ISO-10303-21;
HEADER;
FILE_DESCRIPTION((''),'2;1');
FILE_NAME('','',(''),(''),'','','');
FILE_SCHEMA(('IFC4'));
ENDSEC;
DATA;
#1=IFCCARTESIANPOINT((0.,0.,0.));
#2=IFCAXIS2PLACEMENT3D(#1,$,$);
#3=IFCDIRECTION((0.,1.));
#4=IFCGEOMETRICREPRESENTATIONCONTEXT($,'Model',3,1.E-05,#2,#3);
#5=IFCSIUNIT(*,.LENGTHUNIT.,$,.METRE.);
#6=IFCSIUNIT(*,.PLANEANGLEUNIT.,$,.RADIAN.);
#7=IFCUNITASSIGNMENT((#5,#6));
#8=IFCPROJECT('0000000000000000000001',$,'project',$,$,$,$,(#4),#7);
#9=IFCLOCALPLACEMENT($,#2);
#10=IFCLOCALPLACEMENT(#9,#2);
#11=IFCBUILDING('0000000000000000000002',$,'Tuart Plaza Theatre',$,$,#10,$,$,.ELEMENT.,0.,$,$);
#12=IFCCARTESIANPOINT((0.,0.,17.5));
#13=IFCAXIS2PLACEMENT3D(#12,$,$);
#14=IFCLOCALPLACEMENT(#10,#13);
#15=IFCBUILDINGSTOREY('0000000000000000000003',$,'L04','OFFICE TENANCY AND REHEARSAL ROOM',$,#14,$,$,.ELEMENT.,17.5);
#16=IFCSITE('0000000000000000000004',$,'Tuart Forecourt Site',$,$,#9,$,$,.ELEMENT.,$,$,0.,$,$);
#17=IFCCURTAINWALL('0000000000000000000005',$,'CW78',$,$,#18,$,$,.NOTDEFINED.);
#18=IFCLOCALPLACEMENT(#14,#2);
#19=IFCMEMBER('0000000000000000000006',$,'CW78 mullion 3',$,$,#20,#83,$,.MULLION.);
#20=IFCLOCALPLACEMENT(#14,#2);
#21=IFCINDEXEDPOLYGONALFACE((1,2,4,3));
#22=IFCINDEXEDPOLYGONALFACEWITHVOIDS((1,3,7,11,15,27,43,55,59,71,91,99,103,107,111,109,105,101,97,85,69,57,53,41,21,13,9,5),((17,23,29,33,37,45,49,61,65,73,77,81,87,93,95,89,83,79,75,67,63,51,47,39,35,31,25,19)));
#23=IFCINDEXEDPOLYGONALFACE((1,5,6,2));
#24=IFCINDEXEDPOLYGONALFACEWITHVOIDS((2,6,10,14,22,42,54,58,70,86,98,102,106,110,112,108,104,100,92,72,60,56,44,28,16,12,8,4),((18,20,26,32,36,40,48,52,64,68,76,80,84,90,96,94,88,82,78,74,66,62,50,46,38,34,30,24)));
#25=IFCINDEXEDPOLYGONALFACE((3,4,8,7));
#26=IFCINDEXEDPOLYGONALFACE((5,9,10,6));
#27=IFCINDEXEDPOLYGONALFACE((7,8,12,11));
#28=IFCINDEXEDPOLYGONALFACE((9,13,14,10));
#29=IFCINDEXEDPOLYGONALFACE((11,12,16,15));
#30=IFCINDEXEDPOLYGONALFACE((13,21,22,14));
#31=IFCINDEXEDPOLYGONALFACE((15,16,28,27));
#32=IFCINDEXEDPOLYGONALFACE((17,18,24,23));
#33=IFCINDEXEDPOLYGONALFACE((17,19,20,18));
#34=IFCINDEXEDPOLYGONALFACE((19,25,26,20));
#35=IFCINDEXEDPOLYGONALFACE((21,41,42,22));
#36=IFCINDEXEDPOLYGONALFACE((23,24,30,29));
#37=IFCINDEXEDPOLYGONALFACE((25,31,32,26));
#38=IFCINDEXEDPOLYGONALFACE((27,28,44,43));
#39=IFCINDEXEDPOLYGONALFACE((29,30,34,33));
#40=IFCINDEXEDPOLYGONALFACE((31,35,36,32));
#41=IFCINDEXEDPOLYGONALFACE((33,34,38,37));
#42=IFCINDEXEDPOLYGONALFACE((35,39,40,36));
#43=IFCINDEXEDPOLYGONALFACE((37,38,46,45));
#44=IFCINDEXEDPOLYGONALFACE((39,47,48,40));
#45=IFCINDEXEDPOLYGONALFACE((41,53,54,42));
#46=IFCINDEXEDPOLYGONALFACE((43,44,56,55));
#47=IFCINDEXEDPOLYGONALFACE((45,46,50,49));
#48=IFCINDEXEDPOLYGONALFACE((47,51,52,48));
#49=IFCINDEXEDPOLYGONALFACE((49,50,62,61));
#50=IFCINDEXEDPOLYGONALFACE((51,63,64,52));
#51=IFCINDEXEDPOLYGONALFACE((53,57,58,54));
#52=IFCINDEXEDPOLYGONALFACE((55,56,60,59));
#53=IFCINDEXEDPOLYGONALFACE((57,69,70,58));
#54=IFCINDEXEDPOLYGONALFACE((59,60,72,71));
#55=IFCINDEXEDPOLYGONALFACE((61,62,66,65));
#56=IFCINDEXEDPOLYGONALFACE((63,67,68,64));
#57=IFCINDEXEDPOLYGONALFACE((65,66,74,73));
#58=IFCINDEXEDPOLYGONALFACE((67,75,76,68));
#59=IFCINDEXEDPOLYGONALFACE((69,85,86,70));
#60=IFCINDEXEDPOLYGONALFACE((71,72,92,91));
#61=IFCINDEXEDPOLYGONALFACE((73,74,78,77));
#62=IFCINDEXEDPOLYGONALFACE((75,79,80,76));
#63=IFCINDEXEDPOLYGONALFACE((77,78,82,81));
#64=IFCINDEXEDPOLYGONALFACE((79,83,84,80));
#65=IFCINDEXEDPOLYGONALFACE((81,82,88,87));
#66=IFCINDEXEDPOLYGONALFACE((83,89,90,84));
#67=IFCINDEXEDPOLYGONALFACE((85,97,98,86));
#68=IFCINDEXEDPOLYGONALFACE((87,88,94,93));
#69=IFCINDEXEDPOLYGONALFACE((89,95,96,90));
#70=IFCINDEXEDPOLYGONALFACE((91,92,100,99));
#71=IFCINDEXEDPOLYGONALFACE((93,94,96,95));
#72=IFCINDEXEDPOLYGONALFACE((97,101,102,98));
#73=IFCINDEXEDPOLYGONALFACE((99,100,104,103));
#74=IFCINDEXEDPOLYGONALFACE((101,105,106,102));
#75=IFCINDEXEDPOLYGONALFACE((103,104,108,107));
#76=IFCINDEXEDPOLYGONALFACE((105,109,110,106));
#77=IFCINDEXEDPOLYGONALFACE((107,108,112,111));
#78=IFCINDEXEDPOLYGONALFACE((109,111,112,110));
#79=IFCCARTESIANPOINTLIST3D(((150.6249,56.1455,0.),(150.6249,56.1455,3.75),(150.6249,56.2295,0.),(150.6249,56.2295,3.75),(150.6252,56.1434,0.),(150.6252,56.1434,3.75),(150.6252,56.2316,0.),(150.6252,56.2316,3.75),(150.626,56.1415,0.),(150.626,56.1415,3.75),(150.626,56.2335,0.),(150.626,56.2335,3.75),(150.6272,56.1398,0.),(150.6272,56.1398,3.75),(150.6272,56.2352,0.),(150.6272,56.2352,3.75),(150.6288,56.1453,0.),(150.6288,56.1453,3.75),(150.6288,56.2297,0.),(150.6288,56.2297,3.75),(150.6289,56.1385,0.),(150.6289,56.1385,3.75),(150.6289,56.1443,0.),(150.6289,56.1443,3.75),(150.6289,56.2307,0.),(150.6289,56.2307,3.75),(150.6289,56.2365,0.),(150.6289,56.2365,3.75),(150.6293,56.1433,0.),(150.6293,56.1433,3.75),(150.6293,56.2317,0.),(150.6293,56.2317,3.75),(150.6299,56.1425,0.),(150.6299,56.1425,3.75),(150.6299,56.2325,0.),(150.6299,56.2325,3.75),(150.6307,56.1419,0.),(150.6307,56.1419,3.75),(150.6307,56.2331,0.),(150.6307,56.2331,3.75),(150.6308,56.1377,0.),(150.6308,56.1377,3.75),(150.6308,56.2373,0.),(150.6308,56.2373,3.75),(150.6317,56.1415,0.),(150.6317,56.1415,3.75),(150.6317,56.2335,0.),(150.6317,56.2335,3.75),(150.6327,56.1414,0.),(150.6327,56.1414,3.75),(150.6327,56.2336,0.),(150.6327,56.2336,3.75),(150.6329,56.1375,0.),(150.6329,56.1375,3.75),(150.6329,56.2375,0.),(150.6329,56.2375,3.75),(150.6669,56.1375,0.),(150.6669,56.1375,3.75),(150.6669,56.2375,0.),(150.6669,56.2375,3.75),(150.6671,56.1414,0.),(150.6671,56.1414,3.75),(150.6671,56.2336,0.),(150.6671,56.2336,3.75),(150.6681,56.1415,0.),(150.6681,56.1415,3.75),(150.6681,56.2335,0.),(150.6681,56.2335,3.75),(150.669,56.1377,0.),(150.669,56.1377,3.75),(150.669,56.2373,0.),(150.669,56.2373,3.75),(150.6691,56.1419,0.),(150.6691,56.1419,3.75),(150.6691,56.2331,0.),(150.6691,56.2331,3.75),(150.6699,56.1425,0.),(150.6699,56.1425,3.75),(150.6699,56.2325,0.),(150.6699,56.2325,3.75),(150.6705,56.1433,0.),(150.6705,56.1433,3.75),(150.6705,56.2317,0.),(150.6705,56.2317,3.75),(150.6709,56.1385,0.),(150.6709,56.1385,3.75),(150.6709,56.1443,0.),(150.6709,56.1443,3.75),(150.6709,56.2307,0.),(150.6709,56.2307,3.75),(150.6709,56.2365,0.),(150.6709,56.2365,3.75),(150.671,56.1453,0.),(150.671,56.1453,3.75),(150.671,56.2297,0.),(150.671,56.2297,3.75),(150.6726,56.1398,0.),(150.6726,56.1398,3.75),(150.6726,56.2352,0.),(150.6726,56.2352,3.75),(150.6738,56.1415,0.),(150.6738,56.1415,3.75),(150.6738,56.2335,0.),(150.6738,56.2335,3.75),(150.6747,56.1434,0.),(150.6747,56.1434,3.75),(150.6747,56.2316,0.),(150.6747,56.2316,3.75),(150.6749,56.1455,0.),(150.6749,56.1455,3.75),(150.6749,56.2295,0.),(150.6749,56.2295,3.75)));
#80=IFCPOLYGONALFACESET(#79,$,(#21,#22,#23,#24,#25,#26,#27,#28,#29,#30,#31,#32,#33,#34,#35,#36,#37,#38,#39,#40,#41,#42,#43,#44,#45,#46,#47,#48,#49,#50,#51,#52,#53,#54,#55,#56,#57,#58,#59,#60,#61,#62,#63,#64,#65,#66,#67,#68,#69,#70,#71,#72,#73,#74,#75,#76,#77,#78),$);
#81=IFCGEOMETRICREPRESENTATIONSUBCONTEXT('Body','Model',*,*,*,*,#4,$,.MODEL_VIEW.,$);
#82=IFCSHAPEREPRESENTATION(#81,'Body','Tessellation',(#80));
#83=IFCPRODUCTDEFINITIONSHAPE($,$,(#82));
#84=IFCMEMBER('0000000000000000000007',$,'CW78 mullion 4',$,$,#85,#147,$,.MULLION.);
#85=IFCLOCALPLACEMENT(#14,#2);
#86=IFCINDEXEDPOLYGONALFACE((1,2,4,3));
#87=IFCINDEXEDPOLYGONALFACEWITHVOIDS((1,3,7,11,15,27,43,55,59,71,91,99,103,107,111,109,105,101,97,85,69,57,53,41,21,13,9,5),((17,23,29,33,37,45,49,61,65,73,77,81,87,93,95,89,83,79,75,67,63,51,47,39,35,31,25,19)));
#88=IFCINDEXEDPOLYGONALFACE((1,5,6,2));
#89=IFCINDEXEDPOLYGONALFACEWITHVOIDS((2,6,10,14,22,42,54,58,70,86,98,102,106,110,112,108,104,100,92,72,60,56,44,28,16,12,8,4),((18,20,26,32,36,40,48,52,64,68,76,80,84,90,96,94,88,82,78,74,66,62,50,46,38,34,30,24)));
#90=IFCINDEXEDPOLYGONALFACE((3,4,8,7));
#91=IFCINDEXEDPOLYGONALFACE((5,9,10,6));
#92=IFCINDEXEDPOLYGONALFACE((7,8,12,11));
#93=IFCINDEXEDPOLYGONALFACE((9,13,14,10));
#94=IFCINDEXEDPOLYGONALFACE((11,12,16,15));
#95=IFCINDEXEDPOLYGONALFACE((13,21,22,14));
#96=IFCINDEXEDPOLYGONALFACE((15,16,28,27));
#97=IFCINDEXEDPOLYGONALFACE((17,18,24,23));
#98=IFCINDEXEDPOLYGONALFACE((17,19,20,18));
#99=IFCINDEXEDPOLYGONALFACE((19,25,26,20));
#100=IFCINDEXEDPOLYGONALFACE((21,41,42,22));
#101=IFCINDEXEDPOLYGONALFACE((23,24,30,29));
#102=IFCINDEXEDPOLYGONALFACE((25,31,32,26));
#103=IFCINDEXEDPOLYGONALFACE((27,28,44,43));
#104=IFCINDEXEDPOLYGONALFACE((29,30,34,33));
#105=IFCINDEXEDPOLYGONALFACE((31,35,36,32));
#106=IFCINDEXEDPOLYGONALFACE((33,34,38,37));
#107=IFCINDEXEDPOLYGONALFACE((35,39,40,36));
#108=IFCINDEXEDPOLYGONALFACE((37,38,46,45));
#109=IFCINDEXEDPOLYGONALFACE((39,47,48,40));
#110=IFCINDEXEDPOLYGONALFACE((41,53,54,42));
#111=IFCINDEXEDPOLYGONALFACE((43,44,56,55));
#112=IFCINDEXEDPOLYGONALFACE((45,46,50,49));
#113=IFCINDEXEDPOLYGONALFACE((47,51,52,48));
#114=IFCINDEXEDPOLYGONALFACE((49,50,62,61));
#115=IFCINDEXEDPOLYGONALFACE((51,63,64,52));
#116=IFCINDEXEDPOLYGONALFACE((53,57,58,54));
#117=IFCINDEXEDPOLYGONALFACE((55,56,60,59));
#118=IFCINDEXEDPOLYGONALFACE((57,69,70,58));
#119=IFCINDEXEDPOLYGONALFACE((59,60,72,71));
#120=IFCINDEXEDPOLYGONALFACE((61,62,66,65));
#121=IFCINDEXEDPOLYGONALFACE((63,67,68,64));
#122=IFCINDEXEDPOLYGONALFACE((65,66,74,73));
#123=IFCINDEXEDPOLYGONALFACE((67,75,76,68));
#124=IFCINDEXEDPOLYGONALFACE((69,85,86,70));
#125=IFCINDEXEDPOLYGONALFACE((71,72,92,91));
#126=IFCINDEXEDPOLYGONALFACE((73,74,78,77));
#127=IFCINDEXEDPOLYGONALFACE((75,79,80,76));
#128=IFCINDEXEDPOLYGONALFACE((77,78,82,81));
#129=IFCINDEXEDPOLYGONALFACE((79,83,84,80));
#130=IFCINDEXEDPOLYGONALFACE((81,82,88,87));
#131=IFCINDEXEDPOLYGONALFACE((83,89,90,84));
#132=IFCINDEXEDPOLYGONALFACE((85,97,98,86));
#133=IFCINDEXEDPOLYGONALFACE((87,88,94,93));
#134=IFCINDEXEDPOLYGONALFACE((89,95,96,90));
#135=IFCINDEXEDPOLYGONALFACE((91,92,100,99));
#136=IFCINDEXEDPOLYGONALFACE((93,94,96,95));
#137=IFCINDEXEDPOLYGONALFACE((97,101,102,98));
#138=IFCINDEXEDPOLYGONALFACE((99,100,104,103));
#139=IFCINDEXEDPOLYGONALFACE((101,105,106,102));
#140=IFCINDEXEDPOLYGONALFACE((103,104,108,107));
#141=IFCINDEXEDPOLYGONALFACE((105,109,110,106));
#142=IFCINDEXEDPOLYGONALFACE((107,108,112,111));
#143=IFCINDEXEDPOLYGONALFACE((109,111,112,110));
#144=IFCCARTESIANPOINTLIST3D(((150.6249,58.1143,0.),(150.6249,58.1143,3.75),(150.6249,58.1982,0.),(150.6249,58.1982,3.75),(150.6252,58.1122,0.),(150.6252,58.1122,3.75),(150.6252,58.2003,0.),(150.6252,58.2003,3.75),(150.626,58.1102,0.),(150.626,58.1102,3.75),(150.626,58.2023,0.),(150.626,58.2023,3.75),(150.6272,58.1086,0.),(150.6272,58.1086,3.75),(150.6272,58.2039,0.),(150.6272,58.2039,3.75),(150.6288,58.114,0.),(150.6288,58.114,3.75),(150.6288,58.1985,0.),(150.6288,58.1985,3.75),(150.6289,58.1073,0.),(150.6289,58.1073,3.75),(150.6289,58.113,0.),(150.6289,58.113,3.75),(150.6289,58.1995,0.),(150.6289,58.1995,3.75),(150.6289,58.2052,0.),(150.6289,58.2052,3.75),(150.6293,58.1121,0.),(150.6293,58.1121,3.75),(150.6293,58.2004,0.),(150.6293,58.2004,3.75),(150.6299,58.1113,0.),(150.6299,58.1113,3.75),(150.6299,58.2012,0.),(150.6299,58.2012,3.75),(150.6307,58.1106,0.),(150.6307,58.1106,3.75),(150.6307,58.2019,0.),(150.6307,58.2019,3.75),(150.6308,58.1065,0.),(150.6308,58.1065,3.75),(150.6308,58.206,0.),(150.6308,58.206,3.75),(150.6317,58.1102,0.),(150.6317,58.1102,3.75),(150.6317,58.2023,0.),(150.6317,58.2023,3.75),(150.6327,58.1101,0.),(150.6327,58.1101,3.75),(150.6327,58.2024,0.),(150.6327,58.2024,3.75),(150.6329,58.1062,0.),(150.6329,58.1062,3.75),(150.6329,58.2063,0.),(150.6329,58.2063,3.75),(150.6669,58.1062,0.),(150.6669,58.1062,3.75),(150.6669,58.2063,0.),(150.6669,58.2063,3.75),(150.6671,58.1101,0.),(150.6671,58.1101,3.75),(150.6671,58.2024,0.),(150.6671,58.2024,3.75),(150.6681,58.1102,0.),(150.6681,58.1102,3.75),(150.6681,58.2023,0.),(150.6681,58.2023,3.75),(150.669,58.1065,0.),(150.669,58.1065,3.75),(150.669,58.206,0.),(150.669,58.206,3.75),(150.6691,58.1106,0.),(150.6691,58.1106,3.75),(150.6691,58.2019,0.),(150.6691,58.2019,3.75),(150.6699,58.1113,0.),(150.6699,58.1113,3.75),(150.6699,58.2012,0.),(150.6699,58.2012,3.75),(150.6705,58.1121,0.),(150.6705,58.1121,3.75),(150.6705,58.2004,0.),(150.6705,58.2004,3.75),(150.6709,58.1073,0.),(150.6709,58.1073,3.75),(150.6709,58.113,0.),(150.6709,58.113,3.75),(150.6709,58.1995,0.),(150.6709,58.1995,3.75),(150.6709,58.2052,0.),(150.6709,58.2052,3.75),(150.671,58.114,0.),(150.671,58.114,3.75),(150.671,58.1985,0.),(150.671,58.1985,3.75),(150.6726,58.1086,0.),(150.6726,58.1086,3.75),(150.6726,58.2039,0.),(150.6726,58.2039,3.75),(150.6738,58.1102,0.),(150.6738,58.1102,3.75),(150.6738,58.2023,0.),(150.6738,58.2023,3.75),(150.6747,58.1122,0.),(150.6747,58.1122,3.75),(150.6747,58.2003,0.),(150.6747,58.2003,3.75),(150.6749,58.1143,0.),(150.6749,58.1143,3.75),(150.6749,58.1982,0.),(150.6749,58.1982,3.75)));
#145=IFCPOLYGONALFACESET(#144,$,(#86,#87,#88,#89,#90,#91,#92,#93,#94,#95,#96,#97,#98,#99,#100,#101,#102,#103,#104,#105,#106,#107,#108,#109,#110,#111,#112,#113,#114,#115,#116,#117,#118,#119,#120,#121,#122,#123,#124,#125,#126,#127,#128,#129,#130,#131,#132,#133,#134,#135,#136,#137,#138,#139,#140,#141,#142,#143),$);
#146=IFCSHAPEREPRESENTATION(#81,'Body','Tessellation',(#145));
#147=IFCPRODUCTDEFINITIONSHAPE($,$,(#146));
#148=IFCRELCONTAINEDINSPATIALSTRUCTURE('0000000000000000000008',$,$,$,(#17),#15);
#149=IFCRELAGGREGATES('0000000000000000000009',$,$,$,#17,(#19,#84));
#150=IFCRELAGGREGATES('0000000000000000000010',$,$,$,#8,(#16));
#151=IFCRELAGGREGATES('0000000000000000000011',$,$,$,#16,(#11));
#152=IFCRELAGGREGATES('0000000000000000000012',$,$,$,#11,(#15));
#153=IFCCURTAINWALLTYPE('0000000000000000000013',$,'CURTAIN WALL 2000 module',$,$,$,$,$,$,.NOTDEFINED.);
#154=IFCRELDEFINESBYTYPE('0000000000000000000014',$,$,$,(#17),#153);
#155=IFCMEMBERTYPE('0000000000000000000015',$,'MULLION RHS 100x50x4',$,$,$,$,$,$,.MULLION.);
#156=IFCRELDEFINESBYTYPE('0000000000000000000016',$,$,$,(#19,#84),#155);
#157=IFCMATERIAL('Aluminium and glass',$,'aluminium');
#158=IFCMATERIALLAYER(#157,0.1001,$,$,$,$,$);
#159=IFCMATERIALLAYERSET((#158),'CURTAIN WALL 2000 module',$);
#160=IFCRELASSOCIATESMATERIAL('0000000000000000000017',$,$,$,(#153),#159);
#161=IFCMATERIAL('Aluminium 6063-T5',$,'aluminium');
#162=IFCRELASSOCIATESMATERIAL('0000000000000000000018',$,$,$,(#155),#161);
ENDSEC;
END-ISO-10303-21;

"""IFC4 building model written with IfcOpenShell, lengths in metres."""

from ifc_helpers import new_model, si_unit, direction, frame, origin, origin_2d, place, context, subcontext, project, spatial, hollow_rectangle, extrude, material, layer, layer_set, material_profile, profile_set, type_object, element, aggregate, save


model = new_model("IFC4")

# Units and contexts
model_context = context("Model", 3, precision=1e-05, world=origin(), true_north=direction((0.0, 1.0)))
body_context = subcontext(model_context, "Body", "Model", "MODEL_VIEW")
ifc_project = project(units=[si_unit("LENGTHUNIT", "METRE"), si_unit("PLANEANGLEUNIT", "RADIAN")], contexts=[model_context])

# Site, building, storey
site_placement = place(None, origin())
site = spatial("IfcSite", under=ifc_project, at=site_placement, Name="Tuart Forecourt Site", CompositionType="ELEMENT", RefElevation=0.0)
building_placement = place(site_placement, origin())
building = spatial("IfcBuilding", under=site, at=building_placement, Name="Tuart Plaza Theatre", CompositionType="ELEMENT", ElevationOfRefHeight=0.0)
storey_placement = place(building_placement, frame((0.0, 0.0, 17.5)))
storey = spatial("IfcBuildingStorey", under=building, at=storey_placement, Name="L04", Description="OFFICE TENANCY AND REHEARSAL ROOM", CompositionType="ELEMENT", Elevation=17.5)

# Curtain wall, members
ifc_material_1 = material(Name="Aluminium and glass", Category="aluminium")
ifc_layer_1 = layer(ifc_material_1, 0.1001)
ifc_layer_set_1 = layer_set([ifc_layer_1], Name="CURTAIN WALL 2000 module")
curtain_wall_type = type_object("IfcCurtainWallType", Name="CURTAIN WALL 2000 module", PredefinedType="NOTDEFINED", material=ifc_layer_set_1)
ifc_material_2 = material(Name="Aluminium 6063-T5", Category="aluminium")
ifc_material_profile_1 = material_profile(ifc_material_2, hollow_rectangle(XDim=0.05, YDim=0.1001, WallThickness=0.0039, InnerFilletRadius=0.0039, OuterFilletRadius=0.0081, at=origin_2d()), Name="RHS 100x50x4")
ifc_profile_set_1 = profile_set([ifc_material_profile_1], Name="Aluminium 6063-T5")
member_type_1 = type_object("IfcMemberType", Name="MULLION RHS 100x50x4", PredefinedType="MULLION", material=ifc_profile_set_1)
curtain_wall_1_placement = place(storey_placement, origin())
curtain_wall_1 = element("IfcCurtainWall", 1, at=curtain_wall_1_placement, inside=storey, type_object=curtain_wall_type, Name="CW78", PredefinedType="NOTDEFINED")
member_1_placement = place(storey_placement, frame((150.6499, 56.1875, 0.0), z_axis=(0.0, 0.0, 1.0), x_axis=(-1.0, 0.0, 0.0)))
member_1 = element("IfcMember", 2, at=member_1_placement, type_object=member_type_1, Name="CW78 mullion 3", PredefinedType="MULLION", context=body_context, shape_type="SweptSolid", body=[
    extrude(hollow_rectangle(XDim=0.05, YDim=0.1001, WallThickness=0.0039, InnerFilletRadius=0.0039, OuterFilletRadius=0.0081, at=origin_2d()), origin(), (0.0, 0.0, 1.0), 3.75),
])
member_2_placement = place(storey_placement, frame((150.6499, 58.1562, 0.0), z_axis=(0.0, 0.0, 1.0), x_axis=(-1.0, 0.0, 0.0)))
member_2 = element("IfcMember", 3, at=member_2_placement, type_object=member_type_1, Name="CW78 mullion 4", PredefinedType="MULLION", context=body_context, shape_type="SweptSolid", body=[
    extrude(hollow_rectangle(XDim=0.05, YDim=0.1001, WallThickness=0.0039, InnerFilletRadius=0.0039, OuterFilletRadius=0.0081, at=origin_2d()), origin(), (0.0, 0.0, 1.0), 3.75),
])

aggregate(curtain_wall_1, [member_1, member_2])

save(model, "model.ifc")
